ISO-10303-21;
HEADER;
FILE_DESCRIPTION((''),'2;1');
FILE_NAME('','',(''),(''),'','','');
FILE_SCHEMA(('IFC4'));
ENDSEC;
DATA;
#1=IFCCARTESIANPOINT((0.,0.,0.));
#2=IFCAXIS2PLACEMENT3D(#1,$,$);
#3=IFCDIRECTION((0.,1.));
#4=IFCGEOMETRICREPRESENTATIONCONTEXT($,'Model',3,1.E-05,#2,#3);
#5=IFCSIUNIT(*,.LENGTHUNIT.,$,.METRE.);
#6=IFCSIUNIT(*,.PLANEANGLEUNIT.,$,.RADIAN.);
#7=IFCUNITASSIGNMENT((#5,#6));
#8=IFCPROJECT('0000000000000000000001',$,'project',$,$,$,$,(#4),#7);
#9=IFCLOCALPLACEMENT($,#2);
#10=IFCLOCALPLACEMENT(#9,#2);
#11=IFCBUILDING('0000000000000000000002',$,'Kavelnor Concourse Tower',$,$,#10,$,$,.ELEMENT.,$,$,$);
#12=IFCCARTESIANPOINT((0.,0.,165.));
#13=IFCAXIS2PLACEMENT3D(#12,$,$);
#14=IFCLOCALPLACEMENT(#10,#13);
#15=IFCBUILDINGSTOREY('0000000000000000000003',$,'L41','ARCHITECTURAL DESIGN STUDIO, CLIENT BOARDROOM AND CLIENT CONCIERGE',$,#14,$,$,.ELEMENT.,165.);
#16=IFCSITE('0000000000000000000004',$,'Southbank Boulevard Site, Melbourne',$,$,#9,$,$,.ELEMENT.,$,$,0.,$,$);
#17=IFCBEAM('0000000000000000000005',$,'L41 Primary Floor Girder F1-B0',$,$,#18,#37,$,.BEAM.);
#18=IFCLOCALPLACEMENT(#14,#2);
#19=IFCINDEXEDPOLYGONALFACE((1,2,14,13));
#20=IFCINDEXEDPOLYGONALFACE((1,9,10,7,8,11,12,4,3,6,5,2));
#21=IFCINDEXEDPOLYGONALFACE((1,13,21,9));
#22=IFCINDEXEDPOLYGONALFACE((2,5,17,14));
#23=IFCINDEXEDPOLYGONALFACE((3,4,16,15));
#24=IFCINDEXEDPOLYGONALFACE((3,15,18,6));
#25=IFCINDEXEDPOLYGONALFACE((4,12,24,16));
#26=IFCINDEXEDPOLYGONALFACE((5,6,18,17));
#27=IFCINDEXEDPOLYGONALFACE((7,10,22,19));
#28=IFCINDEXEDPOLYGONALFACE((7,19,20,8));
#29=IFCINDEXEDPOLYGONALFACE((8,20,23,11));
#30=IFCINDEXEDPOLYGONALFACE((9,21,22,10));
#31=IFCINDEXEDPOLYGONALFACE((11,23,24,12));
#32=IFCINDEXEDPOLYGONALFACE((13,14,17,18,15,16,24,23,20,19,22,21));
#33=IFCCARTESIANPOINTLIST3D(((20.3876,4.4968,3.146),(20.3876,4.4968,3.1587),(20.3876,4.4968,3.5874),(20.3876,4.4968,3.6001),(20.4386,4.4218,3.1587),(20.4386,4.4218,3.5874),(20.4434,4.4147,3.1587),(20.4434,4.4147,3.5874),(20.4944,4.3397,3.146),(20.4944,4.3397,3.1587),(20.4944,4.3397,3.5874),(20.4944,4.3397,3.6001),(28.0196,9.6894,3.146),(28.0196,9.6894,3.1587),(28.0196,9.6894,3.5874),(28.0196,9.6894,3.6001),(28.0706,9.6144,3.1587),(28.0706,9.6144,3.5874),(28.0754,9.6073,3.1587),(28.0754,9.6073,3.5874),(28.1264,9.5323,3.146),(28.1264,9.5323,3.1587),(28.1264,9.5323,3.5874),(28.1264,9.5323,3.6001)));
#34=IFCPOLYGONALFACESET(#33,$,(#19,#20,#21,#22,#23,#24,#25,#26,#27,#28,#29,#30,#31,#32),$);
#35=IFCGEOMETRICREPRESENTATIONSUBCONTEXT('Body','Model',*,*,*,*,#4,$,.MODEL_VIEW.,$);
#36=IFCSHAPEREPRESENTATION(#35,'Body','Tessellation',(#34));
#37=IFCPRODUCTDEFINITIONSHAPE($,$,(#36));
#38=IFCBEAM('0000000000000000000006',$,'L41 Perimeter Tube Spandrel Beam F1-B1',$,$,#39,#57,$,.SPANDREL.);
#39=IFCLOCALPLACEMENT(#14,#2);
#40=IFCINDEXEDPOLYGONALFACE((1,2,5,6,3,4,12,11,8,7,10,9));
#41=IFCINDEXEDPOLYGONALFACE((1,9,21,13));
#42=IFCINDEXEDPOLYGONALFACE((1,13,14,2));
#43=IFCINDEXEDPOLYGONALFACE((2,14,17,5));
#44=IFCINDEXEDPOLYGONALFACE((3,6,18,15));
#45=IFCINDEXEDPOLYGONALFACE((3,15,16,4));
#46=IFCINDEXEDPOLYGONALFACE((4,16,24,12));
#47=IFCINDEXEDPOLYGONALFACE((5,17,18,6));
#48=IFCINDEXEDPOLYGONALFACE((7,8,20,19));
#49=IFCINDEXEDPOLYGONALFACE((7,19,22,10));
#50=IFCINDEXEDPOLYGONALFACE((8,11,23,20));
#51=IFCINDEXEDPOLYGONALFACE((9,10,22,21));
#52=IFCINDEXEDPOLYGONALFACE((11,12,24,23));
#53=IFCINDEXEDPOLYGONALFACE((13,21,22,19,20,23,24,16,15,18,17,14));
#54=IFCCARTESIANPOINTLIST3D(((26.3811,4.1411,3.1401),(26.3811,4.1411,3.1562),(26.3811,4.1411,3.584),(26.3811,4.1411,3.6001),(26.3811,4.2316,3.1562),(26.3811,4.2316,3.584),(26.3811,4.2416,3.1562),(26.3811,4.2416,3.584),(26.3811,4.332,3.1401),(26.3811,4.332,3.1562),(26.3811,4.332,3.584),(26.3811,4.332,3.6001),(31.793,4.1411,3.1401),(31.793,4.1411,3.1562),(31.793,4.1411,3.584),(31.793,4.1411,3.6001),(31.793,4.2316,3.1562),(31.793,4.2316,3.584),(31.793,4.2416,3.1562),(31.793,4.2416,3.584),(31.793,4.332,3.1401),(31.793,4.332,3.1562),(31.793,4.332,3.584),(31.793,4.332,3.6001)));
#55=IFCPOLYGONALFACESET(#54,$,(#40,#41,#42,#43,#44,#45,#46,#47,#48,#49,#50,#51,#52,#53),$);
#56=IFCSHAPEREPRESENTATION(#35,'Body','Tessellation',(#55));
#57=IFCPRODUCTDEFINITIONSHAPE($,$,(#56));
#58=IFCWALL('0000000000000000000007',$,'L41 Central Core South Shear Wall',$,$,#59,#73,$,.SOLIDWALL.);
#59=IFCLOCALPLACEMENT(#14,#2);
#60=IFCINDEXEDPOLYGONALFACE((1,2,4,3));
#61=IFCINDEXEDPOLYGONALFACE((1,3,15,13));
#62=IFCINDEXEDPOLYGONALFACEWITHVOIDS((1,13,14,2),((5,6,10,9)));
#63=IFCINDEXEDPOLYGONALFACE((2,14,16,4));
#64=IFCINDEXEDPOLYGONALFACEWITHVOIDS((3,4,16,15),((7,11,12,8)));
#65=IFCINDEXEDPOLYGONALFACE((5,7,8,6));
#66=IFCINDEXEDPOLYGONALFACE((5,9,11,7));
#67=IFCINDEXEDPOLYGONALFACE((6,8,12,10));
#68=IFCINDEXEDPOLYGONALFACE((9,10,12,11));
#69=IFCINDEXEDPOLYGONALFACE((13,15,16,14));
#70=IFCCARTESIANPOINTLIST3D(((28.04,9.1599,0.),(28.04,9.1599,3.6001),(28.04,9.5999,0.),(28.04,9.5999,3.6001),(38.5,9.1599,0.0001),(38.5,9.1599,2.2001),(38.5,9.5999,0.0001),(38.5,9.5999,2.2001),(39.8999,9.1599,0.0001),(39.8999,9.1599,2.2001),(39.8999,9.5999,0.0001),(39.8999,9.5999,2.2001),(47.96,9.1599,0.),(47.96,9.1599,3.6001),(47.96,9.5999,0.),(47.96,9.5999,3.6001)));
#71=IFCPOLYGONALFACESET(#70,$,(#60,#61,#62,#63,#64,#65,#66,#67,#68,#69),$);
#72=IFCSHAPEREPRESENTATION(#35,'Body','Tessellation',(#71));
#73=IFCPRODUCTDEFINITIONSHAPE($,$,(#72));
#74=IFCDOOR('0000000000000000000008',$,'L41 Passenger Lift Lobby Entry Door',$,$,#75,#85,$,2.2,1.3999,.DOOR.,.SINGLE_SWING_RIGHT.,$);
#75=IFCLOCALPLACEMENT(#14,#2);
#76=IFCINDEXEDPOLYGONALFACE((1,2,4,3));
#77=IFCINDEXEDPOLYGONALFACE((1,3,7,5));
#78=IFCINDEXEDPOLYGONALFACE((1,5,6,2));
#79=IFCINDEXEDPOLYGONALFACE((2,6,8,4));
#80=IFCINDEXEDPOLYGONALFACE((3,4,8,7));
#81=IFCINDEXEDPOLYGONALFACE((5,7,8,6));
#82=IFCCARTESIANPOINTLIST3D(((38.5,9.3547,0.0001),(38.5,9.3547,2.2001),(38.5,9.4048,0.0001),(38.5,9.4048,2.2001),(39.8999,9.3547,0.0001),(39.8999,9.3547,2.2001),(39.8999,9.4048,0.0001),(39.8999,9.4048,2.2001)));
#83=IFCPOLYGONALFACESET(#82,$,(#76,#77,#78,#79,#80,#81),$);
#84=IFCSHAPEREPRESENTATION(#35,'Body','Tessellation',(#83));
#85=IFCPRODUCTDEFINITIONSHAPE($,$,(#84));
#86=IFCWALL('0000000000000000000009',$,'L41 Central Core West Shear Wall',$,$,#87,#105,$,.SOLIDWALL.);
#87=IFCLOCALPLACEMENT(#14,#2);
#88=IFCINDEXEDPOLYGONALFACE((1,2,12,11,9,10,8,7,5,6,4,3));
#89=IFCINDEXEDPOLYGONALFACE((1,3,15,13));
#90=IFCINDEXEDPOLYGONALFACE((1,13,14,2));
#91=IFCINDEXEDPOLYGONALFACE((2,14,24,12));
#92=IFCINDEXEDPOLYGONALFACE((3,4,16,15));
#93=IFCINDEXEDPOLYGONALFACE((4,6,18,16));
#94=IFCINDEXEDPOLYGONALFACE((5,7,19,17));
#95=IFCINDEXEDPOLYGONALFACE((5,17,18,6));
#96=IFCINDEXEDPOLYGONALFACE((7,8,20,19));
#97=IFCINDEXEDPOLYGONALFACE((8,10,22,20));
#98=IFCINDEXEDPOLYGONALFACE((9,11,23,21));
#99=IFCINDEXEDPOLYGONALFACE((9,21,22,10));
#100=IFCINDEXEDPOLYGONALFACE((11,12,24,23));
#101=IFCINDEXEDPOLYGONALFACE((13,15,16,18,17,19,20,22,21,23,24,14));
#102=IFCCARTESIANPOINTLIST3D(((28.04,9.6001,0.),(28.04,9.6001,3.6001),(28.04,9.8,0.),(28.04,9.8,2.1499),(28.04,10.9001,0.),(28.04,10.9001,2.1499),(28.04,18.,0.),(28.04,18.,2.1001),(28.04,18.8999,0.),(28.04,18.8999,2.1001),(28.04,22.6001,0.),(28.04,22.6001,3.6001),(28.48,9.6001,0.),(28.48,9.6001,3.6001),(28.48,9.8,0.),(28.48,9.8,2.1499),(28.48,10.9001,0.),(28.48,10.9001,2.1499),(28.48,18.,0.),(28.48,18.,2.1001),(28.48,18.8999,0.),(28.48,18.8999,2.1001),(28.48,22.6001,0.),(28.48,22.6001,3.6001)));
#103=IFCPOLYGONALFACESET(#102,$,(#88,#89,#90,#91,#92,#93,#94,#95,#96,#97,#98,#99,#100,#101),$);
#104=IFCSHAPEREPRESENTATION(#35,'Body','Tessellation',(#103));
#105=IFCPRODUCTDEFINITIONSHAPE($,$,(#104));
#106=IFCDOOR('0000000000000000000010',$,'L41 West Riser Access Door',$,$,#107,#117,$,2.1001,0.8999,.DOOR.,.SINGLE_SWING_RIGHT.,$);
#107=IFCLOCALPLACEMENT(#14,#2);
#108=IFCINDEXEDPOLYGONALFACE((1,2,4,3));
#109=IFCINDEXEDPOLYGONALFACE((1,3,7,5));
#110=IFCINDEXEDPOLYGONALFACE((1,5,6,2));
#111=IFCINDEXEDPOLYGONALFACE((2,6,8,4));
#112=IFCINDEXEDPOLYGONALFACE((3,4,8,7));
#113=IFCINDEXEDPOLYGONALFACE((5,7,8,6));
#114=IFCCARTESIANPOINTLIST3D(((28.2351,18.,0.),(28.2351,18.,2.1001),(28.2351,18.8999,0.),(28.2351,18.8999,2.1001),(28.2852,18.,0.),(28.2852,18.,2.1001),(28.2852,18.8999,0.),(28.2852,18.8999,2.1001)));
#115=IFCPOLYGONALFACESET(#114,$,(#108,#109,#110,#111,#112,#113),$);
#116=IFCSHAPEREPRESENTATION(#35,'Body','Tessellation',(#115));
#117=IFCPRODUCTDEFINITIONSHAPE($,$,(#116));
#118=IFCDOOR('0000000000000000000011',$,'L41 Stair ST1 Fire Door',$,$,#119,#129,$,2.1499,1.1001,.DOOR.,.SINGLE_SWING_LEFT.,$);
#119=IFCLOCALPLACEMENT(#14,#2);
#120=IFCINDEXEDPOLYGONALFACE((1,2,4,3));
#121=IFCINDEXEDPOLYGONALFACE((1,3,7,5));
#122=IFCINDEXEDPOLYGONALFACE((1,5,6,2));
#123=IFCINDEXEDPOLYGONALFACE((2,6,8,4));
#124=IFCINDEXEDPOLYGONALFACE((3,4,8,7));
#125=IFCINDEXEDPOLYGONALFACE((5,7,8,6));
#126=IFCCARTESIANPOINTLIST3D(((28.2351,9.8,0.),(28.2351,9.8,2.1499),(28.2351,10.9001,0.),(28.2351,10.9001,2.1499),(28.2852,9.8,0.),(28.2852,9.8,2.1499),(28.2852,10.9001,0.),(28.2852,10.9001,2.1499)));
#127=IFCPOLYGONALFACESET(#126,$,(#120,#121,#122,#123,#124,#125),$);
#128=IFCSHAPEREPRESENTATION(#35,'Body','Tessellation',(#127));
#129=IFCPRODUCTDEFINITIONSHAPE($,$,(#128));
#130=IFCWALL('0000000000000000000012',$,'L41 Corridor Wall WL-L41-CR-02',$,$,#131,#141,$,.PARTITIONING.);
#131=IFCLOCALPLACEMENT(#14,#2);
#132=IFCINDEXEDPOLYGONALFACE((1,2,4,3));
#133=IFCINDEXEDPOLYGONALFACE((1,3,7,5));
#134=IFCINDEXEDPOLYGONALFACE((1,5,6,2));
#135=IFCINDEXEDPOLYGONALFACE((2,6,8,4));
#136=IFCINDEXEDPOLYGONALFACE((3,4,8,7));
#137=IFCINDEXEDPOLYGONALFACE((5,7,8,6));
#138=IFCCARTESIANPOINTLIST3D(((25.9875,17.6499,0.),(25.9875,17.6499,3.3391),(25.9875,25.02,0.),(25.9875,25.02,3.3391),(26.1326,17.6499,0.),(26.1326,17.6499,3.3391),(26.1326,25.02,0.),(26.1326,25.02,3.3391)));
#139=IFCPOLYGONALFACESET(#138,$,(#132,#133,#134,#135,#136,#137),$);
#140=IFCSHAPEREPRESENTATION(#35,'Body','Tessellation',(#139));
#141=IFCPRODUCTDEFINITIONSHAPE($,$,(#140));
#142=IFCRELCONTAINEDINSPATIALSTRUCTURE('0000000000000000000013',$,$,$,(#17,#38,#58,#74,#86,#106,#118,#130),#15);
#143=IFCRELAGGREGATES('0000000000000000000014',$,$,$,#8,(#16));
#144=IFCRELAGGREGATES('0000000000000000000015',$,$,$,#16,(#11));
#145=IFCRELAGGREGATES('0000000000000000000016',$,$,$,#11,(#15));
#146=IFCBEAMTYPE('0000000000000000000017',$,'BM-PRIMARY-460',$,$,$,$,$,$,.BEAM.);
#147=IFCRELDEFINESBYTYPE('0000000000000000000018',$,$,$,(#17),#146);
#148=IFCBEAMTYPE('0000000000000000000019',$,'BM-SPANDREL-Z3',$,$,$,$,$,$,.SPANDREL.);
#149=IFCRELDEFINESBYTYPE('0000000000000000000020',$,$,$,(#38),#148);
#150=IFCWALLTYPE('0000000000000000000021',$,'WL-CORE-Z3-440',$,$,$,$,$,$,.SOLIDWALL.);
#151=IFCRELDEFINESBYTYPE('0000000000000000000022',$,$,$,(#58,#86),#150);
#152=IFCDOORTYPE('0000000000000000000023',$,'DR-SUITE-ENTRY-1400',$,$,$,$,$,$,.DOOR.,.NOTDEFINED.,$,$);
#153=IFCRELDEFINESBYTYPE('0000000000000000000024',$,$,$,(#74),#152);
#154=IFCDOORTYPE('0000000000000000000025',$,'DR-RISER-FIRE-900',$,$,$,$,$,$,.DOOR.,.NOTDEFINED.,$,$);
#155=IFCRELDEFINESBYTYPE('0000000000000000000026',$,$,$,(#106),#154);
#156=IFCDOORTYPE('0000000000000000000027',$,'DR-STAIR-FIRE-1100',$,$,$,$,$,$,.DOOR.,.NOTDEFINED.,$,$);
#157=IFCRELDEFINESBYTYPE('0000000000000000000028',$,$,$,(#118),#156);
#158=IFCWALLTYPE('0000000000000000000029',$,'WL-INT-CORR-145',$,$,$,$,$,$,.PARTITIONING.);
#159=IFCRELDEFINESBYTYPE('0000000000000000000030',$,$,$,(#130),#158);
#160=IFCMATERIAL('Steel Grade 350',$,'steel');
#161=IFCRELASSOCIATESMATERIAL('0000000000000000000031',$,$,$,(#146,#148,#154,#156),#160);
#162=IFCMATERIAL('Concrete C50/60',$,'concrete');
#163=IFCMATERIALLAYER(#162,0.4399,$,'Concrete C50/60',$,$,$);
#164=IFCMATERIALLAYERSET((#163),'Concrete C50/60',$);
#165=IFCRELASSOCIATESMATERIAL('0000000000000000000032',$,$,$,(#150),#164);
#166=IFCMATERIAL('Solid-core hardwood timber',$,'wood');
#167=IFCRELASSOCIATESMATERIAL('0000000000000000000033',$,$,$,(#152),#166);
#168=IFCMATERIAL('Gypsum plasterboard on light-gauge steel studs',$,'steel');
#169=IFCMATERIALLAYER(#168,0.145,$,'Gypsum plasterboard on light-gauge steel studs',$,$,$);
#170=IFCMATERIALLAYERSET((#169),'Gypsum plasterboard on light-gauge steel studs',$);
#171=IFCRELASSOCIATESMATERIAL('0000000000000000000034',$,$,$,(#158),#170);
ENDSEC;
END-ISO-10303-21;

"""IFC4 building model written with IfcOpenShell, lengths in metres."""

from ifc_helpers import new_model, si_unit, direction, frame, frame_2d, origin, origin_2d, place, context, subcontext, project, spatial, rectangle, i_section, extrude, material, layer, layer_set, material_profile, profile_set, type_object, element, fill, save


model = new_model("IFC4")

# Units and contexts
model_context = context("Model", 3, precision=1e-05, world=origin(), true_north=direction((0.0, 1.0)))
body_context = subcontext(model_context, "Body", "Model", "MODEL_VIEW")
ifc_project = project(units=[si_unit("LENGTHUNIT", "METRE"), si_unit("PLANEANGLEUNIT", "RADIAN")], contexts=[model_context])

# Site, building, storey
site_placement = place(None, origin())
site = spatial("IfcSite", under=ifc_project, at=site_placement, Name="Southbank Boulevard Site, Melbourne", CompositionType="ELEMENT", RefElevation=0.0)
building_placement = place(site_placement, origin())
building = spatial("IfcBuilding", under=site, at=building_placement, Name="Kavelnor Concourse Tower", CompositionType="ELEMENT")
storey_placement = place(building_placement, frame((0.0, 0.0, 165.0)))
storey = spatial("IfcBuildingStorey", under=building, at=storey_placement, Name="L41", Description="ARCHITECTURAL DESIGN STUDIO, CLIENT BOARDROOM AND CLIENT CONCIERGE", CompositionType="ELEMENT", Elevation=165.0)

# Shared definitions
ifc_material_1 = material(Name="Steel Grade 350", Category="steel")

# Beams
ifc_material_profile_1 = material_profile(ifc_material_1, i_section(OverallWidth=0.1899, OverallDepth=0.4541, WebThickness=0.0085, FlangeThickness=0.0127, at=origin_2d()), Name="460UB67")
ifc_profile_set_1 = profile_set([ifc_material_profile_1], Name="Steel Grade 350")
beam_type_1 = type_object("IfcBeamType", Name="BM-PRIMARY-460", PredefinedType="BEAM", material=ifc_profile_set_1)
beam_1_placement = place(storey_placement, frame((28.073, 9.6108, 3.373), z_axis=(-0.826785, -0.562518, 0.0), x_axis=(0.562518, -0.826785, 0.0)))
element("IfcBeam", 1, at=beam_1_placement, inside=storey, type_object=beam_type_1, Name="L41 Primary Floor Girder F1-B0", PredefinedType="BEAM", context=body_context, shape_type="SweptSolid", body=[
    extrude(i_section(OverallWidth=0.1899, OverallDepth=0.4541, WebThickness=0.0085, FlangeThickness=0.0127, at=origin_2d()), origin(), (0.0, 0.0, 1.0), 9.231),
])
ifc_material_profile_2 = material_profile(ifc_material_1, i_section(OverallWidth=0.1909, OverallDepth=0.46, WebThickness=0.01, FlangeThickness=0.0161, at=origin_2d()), Name="460UB82")
ifc_profile_set_2 = profile_set([ifc_material_profile_2], Name="Steel Grade 350")
beam_type_2 = type_object("IfcBeamType", Name="BM-SPANDREL-Z3", PredefinedType="SPANDREL", material=ifc_profile_set_2)
beam_2_placement = place(storey_placement, frame((26.3811, 4.2366, 3.3701), z_axis=(1.0, 0.0, 0.0), x_axis=(0.0, 1.0, 0.0)))
element("IfcBeam", 2, at=beam_2_placement, inside=storey, type_object=beam_type_2, Name="L41 Perimeter Tube Spandrel Beam F1-B1", PredefinedType="SPANDREL", context=body_context, shape_type="SweptSolid", body=[
    extrude(i_section(OverallWidth=0.1909, OverallDepth=0.46, WebThickness=0.01, FlangeThickness=0.0161, at=origin_2d()), origin(), (0.0, 0.0, 1.0), 5.4119),
])

# Wall, opening, door
ifc_material_2 = material(Name="Concrete C50/60", Category="concrete")
ifc_layer_1 = layer(ifc_material_2, 0.4399, Name="Concrete C50/60")
ifc_layer_set_1 = layer_set([ifc_layer_1], Name="Concrete C50/60")
wall_type_1 = type_object("IfcWallType", Name="WL-CORE-Z3-440", PredefinedType="SOLIDWALL", material=ifc_layer_set_1)
wall_1_placement = place(storey_placement, frame((28.04, 9.3799, 0.0), z_axis=(0.0, 0.0, 1.0), x_axis=(1.0, 0.0, 0.0)))
wall_1 = element("IfcWall", 3, at=wall_1_placement, inside=storey, type_object=wall_type_1, Name="L41 Central Core South Shear Wall", PredefinedType="SOLIDWALL", context=body_context, shape_type="SweptSolid", body=[
    extrude(rectangle(XDim=19.9199, YDim=0.4399, at=frame_2d((9.96, 0.0))), origin(), (0.0, 0.0, 1.0), 3.6001),
])
opening_1_placement = place(wall_1_placement, frame((10.46, 0.0, 0.0)))
opening_1 = element("IfcOpeningElement", 4, at=opening_1_placement, cuts=wall_1, PredefinedType="OPENING", context=body_context, shape_type="SweptSolid", body=[
    extrude(rectangle(XDim=1.3999, YDim=2.2, at=frame_2d((0.7, 1.1001))), frame((0.0, 0.23, 0.0), z_axis=(0.0, -1.0, 0.0), x_axis=(1.0, 0.0, 0.0)), (0.0, 0.0, 1.0), 0.46),
])
ifc_material_3 = material(Name="Solid-core hardwood timber", Category="wood")
door_type_1 = type_object("IfcDoorType", Name="DR-SUITE-ENTRY-1400", OperationType="NOTDEFINED", PredefinedType="DOOR", material=ifc_material_3)
door_1_placement = place(opening_1_placement, origin())
door_1 = element("IfcDoor", 5, at=door_1_placement, inside=storey, type_object=door_type_1, Name="L41 Passenger Lift Lobby Entry Door", OperationType="SINGLE_SWING_RIGHT", OverallHeight=2.2, OverallWidth=1.3999, PredefinedType="DOOR", context=body_context, shape_type="SweptSolid", body=[
    extrude(rectangle(XDim=1.3999, YDim=2.2, at=frame_2d((0.7, 1.1001))), frame((0.0, 0.0249, 0.0), z_axis=(0.0, -1.0, 0.0), x_axis=(1.0, 0.0, 0.0)), (0.0, 0.0, 1.0), 0.05),
])
fill(opening_1, door_1)

# Wall, openings, doors
wall_2_placement = place(storey_placement, frame((28.26, 9.6001, 0.0), z_axis=(0.0, 0.0, 1.0), x_axis=(0.0, 1.0, 0.0)))
wall_2 = element("IfcWall", 6, at=wall_2_placement, inside=storey, type_object=wall_type_1, Name="L41 Central Core West Shear Wall", PredefinedType="SOLIDWALL", context=body_context, shape_type="SweptSolid", body=[
    extrude(rectangle(XDim=13.0, YDim=0.4399, at=frame_2d((6.5, 0.0))), origin(), (0.0, 0.0, 1.0), 3.6001),
])
opening_2_placement = place(wall_2_placement, frame((0.2, 0.0, 0.0)))
opening_2 = element("IfcOpeningElement", 7, at=opening_2_placement, cuts=wall_2, PredefinedType="OPENING", context=body_context, shape_type="SweptSolid", body=[
    extrude(rectangle(XDim=1.1001, YDim=2.1499, at=frame_2d((0.55, 1.075))), frame((0.0, 0.23, 0.0), z_axis=(0.0, -1.0, 0.0), x_axis=(1.0, 0.0, 0.0)), (0.0, 0.0, 1.0), 0.46),
])
opening_3_placement = place(wall_2_placement, frame((8.3999, 0.0, 0.0)))
opening_3 = element("IfcOpeningElement", 8, at=opening_3_placement, cuts=wall_2, PredefinedType="OPENING", context=body_context, shape_type="SweptSolid", body=[
    extrude(rectangle(XDim=0.8999, YDim=2.1001, at=frame_2d((0.45, 1.05))), frame((0.0, 0.23, 0.0), z_axis=(0.0, -1.0, 0.0), x_axis=(1.0, 0.0, 0.0)), (0.0, 0.0, 1.0), 0.46),
])
door_type_2 = type_object("IfcDoorType", Name="DR-RISER-FIRE-900", OperationType="NOTDEFINED", PredefinedType="DOOR", material=ifc_material_1)
door_2_placement = place(opening_3_placement, origin())
door_2 = element("IfcDoor", 9, at=door_2_placement, inside=storey, type_object=door_type_2, Name="L41 West Riser Access Door", OperationType="SINGLE_SWING_RIGHT", OverallHeight=2.1001, OverallWidth=0.8999, PredefinedType="DOOR", context=body_context, shape_type="SweptSolid", body=[
    extrude(rectangle(XDim=0.8999, YDim=2.1001, at=frame_2d((0.45, 1.05))), frame((0.0, 0.0249, 0.0), z_axis=(0.0, -1.0, 0.0), x_axis=(1.0, 0.0, 0.0)), (0.0, 0.0, 1.0), 0.05),
])
fill(opening_3, door_2)
door_type_3 = type_object("IfcDoorType", Name="DR-STAIR-FIRE-1100", OperationType="NOTDEFINED", PredefinedType="DOOR", material=ifc_material_1)
door_3_placement = place(opening_2_placement, origin())
door_3 = element("IfcDoor", 10, at=door_3_placement, inside=storey, type_object=door_type_3, Name="L41 Stair ST1 Fire Door", OperationType="SINGLE_SWING_LEFT", OverallHeight=2.1499, OverallWidth=1.1001, PredefinedType="DOOR", context=body_context, shape_type="SweptSolid", body=[
    extrude(rectangle(XDim=1.1001, YDim=2.1499, at=frame_2d((0.55, 1.075))), frame((0.0, 0.0249, 0.0), z_axis=(0.0, -1.0, 0.0), x_axis=(1.0, 0.0, 0.0)), (0.0, 0.0, 1.0), 0.05),
])
fill(opening_2, door_3)

# Wall
ifc_material_4 = material(Name="Gypsum plasterboard on light-gauge steel studs", Category="steel")
ifc_layer_2 = layer(ifc_material_4, 0.145, Name="Gypsum plasterboard on light-gauge steel studs")
ifc_layer_set_2 = layer_set([ifc_layer_2], Name="Gypsum plasterboard on light-gauge steel studs")
wall_type_2 = type_object("IfcWallType", Name="WL-INT-CORR-145", PredefinedType="PARTITIONING", material=ifc_layer_set_2)
wall_3_placement = place(storey_placement, frame((26.0601, 17.6499, 0.0), z_axis=(0.0, 0.0, 1.0), x_axis=(0.0, 1.0, 0.0)))
element("IfcWall", 11, at=wall_3_placement, inside=storey, type_object=wall_type_2, Name="L41 Corridor Wall WL-L41-CR-02", PredefinedType="PARTITIONING", context=body_context, shape_type="SweptSolid", body=[
    extrude(rectangle(XDim=7.3701, YDim=0.145, at=frame_2d((3.6851, 0.0))), origin(), (0.0, 0.0, 1.0), 3.3391),
])

save(model, "model.ifc")
